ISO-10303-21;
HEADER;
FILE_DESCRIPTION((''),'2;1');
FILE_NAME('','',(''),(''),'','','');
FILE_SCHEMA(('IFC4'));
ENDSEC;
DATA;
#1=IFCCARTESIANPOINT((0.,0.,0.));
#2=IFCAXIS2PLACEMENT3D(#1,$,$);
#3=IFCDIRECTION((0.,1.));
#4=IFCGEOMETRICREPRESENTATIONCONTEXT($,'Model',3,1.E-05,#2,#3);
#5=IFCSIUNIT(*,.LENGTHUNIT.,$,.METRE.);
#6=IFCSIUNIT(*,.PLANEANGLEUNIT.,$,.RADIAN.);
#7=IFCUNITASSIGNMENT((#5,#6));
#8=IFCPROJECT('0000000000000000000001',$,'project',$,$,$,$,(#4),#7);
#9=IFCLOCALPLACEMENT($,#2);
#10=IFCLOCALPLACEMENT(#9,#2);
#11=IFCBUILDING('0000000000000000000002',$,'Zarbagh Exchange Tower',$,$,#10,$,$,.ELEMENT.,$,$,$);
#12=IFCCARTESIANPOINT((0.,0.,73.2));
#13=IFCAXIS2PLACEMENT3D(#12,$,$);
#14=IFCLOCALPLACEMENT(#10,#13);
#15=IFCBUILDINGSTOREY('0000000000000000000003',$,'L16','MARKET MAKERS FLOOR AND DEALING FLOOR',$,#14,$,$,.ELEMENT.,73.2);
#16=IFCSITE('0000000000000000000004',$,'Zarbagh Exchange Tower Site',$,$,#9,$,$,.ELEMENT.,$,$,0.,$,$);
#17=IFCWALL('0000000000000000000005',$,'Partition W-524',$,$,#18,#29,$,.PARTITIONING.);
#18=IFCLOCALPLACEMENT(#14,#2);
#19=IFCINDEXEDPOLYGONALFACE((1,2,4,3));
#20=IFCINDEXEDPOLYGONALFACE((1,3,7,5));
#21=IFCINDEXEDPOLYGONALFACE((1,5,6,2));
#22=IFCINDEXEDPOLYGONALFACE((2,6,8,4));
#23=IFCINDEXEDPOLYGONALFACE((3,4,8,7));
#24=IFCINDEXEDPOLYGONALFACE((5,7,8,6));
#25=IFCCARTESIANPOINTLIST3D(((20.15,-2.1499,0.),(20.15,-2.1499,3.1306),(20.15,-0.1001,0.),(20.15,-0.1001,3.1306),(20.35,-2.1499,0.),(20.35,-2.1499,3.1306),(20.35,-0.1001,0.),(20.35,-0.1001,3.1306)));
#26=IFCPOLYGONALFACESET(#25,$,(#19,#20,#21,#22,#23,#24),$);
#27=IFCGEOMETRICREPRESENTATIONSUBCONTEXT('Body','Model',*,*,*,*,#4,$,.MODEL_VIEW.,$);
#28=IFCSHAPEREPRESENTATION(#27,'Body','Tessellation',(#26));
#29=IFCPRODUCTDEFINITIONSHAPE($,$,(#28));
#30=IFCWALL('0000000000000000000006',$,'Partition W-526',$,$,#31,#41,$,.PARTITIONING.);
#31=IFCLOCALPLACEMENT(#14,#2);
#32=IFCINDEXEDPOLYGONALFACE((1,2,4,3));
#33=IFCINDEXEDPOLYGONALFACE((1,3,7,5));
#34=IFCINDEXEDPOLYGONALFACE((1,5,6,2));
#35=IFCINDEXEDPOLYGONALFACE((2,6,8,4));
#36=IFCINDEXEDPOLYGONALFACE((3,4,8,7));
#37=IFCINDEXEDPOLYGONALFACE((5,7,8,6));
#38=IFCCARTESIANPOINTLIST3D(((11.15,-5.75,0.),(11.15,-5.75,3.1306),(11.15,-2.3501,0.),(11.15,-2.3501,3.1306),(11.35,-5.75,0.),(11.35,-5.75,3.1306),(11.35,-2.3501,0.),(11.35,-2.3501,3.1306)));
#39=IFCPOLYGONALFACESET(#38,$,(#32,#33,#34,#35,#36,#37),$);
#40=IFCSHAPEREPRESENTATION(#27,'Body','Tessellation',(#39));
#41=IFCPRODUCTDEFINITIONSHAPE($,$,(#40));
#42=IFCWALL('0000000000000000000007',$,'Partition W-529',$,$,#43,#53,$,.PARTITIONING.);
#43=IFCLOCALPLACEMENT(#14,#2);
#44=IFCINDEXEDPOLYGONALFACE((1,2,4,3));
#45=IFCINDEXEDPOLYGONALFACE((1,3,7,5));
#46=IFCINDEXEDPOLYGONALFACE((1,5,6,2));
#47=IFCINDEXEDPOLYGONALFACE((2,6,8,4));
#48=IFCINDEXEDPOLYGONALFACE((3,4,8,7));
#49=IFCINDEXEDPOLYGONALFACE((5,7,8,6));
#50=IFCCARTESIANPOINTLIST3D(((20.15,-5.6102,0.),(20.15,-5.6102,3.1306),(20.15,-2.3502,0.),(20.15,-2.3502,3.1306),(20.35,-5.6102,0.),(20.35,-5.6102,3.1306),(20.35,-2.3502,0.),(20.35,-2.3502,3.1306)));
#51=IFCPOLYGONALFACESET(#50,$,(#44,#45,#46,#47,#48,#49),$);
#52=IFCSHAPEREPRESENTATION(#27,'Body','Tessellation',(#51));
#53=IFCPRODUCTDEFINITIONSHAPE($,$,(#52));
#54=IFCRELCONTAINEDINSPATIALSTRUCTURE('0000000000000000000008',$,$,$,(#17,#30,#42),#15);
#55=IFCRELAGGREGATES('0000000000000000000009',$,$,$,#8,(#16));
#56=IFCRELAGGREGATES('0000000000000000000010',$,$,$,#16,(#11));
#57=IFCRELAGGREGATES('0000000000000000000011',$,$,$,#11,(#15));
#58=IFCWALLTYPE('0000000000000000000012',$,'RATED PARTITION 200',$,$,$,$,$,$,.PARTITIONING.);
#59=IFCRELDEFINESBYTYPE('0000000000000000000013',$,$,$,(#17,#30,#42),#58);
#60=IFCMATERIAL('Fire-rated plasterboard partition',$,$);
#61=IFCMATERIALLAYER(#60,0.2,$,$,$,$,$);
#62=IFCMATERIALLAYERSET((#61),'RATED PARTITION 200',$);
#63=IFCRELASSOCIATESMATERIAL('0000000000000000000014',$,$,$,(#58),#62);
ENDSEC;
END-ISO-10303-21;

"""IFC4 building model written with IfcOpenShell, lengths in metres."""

from ifc_helpers import new_model, si_unit, direction, frame, frame_2d, origin, place, context, subcontext, project, spatial, rectangle, extrude, material, layer, layer_set, type_object, element, save


model = new_model("IFC4")

# Units and contexts
model_context = context("Model", 3, precision=1e-05, world=origin(), true_north=direction((0.0, 1.0)))
body_context = subcontext(model_context, "Body", "Model", "MODEL_VIEW")
ifc_project = project(units=[si_unit("LENGTHUNIT", "METRE"), si_unit("PLANEANGLEUNIT", "RADIAN")], contexts=[model_context])

# Site, building, storey
site_placement = place(None, origin())
site = spatial("IfcSite", under=ifc_project, at=site_placement, Name="Zarbagh Exchange Tower Site", CompositionType="ELEMENT", RefElevation=0.0)
building_placement = place(site_placement, origin())
building = spatial("IfcBuilding", under=site, at=building_placement, Name="Zarbagh Exchange Tower", CompositionType="ELEMENT")
storey_placement = place(building_placement, frame((0.0, 0.0, 73.2)))
storey = spatial("IfcBuildingStorey", under=building, at=storey_placement, Name="L16", Description="MARKET MAKERS FLOOR AND DEALING FLOOR", CompositionType="ELEMENT", Elevation=73.2)

# Shared definitions
ifc_material_1 = material(Name="Fire-rated plasterboard partition")
ifc_layer = layer(ifc_material_1, 0.2)
ifc_layer_set = layer_set([ifc_layer], Name="RATED PARTITION 200")
wall_type = type_object("IfcWallType", Name="RATED PARTITION 200", PredefinedType="PARTITIONING", material=ifc_layer_set)

# Walls
wall_1_placement = place(storey_placement, frame((20.25, -2.1499, 0.0), z_axis=(0.0, 0.0, 1.0), x_axis=(0.0, 1.0, 0.0)))
element("IfcWall", 1, at=wall_1_placement, inside=storey, type_object=wall_type, Name="Partition W-524", PredefinedType="PARTITIONING", context=body_context, shape_type="SweptSolid", body=[
    extrude(rectangle(XDim=2.0498, YDim=0.2, at=frame_2d((1.0249, 0.0))), origin(), (0.0, 0.0, 1.0), 3.1306),
])
wall_2_placement = place(storey_placement, frame((11.25, -5.75, 0.0), z_axis=(0.0, 0.0, 1.0), x_axis=(0.0, 1.0, 0.0)))
element("IfcWall", 2, at=wall_2_placement, inside=storey, type_object=wall_type, Name="Partition W-526", PredefinedType="PARTITIONING", context=body_context, shape_type="SweptSolid", body=[
    extrude(rectangle(XDim=3.3999, YDim=0.2, at=frame_2d((1.7, 0.0))), origin(), (0.0, 0.0, 1.0), 3.1306),
])
wall_3_placement = place(storey_placement, frame((20.25, -5.6101, 0.0), z_axis=(0.0, 0.0, 1.0), x_axis=(0.0, 1.0, 0.0)))
element("IfcWall", 3, at=wall_3_placement, inside=storey, type_object=wall_type, Name="Partition W-529", PredefinedType="PARTITIONING", context=body_context, shape_type="SweptSolid", body=[
    extrude(rectangle(XDim=3.26, YDim=0.2, at=frame_2d((1.6299, 0.0))), origin(), (0.0, 0.0, 1.0), 3.1306),
])

save(model, "model.ifc")
